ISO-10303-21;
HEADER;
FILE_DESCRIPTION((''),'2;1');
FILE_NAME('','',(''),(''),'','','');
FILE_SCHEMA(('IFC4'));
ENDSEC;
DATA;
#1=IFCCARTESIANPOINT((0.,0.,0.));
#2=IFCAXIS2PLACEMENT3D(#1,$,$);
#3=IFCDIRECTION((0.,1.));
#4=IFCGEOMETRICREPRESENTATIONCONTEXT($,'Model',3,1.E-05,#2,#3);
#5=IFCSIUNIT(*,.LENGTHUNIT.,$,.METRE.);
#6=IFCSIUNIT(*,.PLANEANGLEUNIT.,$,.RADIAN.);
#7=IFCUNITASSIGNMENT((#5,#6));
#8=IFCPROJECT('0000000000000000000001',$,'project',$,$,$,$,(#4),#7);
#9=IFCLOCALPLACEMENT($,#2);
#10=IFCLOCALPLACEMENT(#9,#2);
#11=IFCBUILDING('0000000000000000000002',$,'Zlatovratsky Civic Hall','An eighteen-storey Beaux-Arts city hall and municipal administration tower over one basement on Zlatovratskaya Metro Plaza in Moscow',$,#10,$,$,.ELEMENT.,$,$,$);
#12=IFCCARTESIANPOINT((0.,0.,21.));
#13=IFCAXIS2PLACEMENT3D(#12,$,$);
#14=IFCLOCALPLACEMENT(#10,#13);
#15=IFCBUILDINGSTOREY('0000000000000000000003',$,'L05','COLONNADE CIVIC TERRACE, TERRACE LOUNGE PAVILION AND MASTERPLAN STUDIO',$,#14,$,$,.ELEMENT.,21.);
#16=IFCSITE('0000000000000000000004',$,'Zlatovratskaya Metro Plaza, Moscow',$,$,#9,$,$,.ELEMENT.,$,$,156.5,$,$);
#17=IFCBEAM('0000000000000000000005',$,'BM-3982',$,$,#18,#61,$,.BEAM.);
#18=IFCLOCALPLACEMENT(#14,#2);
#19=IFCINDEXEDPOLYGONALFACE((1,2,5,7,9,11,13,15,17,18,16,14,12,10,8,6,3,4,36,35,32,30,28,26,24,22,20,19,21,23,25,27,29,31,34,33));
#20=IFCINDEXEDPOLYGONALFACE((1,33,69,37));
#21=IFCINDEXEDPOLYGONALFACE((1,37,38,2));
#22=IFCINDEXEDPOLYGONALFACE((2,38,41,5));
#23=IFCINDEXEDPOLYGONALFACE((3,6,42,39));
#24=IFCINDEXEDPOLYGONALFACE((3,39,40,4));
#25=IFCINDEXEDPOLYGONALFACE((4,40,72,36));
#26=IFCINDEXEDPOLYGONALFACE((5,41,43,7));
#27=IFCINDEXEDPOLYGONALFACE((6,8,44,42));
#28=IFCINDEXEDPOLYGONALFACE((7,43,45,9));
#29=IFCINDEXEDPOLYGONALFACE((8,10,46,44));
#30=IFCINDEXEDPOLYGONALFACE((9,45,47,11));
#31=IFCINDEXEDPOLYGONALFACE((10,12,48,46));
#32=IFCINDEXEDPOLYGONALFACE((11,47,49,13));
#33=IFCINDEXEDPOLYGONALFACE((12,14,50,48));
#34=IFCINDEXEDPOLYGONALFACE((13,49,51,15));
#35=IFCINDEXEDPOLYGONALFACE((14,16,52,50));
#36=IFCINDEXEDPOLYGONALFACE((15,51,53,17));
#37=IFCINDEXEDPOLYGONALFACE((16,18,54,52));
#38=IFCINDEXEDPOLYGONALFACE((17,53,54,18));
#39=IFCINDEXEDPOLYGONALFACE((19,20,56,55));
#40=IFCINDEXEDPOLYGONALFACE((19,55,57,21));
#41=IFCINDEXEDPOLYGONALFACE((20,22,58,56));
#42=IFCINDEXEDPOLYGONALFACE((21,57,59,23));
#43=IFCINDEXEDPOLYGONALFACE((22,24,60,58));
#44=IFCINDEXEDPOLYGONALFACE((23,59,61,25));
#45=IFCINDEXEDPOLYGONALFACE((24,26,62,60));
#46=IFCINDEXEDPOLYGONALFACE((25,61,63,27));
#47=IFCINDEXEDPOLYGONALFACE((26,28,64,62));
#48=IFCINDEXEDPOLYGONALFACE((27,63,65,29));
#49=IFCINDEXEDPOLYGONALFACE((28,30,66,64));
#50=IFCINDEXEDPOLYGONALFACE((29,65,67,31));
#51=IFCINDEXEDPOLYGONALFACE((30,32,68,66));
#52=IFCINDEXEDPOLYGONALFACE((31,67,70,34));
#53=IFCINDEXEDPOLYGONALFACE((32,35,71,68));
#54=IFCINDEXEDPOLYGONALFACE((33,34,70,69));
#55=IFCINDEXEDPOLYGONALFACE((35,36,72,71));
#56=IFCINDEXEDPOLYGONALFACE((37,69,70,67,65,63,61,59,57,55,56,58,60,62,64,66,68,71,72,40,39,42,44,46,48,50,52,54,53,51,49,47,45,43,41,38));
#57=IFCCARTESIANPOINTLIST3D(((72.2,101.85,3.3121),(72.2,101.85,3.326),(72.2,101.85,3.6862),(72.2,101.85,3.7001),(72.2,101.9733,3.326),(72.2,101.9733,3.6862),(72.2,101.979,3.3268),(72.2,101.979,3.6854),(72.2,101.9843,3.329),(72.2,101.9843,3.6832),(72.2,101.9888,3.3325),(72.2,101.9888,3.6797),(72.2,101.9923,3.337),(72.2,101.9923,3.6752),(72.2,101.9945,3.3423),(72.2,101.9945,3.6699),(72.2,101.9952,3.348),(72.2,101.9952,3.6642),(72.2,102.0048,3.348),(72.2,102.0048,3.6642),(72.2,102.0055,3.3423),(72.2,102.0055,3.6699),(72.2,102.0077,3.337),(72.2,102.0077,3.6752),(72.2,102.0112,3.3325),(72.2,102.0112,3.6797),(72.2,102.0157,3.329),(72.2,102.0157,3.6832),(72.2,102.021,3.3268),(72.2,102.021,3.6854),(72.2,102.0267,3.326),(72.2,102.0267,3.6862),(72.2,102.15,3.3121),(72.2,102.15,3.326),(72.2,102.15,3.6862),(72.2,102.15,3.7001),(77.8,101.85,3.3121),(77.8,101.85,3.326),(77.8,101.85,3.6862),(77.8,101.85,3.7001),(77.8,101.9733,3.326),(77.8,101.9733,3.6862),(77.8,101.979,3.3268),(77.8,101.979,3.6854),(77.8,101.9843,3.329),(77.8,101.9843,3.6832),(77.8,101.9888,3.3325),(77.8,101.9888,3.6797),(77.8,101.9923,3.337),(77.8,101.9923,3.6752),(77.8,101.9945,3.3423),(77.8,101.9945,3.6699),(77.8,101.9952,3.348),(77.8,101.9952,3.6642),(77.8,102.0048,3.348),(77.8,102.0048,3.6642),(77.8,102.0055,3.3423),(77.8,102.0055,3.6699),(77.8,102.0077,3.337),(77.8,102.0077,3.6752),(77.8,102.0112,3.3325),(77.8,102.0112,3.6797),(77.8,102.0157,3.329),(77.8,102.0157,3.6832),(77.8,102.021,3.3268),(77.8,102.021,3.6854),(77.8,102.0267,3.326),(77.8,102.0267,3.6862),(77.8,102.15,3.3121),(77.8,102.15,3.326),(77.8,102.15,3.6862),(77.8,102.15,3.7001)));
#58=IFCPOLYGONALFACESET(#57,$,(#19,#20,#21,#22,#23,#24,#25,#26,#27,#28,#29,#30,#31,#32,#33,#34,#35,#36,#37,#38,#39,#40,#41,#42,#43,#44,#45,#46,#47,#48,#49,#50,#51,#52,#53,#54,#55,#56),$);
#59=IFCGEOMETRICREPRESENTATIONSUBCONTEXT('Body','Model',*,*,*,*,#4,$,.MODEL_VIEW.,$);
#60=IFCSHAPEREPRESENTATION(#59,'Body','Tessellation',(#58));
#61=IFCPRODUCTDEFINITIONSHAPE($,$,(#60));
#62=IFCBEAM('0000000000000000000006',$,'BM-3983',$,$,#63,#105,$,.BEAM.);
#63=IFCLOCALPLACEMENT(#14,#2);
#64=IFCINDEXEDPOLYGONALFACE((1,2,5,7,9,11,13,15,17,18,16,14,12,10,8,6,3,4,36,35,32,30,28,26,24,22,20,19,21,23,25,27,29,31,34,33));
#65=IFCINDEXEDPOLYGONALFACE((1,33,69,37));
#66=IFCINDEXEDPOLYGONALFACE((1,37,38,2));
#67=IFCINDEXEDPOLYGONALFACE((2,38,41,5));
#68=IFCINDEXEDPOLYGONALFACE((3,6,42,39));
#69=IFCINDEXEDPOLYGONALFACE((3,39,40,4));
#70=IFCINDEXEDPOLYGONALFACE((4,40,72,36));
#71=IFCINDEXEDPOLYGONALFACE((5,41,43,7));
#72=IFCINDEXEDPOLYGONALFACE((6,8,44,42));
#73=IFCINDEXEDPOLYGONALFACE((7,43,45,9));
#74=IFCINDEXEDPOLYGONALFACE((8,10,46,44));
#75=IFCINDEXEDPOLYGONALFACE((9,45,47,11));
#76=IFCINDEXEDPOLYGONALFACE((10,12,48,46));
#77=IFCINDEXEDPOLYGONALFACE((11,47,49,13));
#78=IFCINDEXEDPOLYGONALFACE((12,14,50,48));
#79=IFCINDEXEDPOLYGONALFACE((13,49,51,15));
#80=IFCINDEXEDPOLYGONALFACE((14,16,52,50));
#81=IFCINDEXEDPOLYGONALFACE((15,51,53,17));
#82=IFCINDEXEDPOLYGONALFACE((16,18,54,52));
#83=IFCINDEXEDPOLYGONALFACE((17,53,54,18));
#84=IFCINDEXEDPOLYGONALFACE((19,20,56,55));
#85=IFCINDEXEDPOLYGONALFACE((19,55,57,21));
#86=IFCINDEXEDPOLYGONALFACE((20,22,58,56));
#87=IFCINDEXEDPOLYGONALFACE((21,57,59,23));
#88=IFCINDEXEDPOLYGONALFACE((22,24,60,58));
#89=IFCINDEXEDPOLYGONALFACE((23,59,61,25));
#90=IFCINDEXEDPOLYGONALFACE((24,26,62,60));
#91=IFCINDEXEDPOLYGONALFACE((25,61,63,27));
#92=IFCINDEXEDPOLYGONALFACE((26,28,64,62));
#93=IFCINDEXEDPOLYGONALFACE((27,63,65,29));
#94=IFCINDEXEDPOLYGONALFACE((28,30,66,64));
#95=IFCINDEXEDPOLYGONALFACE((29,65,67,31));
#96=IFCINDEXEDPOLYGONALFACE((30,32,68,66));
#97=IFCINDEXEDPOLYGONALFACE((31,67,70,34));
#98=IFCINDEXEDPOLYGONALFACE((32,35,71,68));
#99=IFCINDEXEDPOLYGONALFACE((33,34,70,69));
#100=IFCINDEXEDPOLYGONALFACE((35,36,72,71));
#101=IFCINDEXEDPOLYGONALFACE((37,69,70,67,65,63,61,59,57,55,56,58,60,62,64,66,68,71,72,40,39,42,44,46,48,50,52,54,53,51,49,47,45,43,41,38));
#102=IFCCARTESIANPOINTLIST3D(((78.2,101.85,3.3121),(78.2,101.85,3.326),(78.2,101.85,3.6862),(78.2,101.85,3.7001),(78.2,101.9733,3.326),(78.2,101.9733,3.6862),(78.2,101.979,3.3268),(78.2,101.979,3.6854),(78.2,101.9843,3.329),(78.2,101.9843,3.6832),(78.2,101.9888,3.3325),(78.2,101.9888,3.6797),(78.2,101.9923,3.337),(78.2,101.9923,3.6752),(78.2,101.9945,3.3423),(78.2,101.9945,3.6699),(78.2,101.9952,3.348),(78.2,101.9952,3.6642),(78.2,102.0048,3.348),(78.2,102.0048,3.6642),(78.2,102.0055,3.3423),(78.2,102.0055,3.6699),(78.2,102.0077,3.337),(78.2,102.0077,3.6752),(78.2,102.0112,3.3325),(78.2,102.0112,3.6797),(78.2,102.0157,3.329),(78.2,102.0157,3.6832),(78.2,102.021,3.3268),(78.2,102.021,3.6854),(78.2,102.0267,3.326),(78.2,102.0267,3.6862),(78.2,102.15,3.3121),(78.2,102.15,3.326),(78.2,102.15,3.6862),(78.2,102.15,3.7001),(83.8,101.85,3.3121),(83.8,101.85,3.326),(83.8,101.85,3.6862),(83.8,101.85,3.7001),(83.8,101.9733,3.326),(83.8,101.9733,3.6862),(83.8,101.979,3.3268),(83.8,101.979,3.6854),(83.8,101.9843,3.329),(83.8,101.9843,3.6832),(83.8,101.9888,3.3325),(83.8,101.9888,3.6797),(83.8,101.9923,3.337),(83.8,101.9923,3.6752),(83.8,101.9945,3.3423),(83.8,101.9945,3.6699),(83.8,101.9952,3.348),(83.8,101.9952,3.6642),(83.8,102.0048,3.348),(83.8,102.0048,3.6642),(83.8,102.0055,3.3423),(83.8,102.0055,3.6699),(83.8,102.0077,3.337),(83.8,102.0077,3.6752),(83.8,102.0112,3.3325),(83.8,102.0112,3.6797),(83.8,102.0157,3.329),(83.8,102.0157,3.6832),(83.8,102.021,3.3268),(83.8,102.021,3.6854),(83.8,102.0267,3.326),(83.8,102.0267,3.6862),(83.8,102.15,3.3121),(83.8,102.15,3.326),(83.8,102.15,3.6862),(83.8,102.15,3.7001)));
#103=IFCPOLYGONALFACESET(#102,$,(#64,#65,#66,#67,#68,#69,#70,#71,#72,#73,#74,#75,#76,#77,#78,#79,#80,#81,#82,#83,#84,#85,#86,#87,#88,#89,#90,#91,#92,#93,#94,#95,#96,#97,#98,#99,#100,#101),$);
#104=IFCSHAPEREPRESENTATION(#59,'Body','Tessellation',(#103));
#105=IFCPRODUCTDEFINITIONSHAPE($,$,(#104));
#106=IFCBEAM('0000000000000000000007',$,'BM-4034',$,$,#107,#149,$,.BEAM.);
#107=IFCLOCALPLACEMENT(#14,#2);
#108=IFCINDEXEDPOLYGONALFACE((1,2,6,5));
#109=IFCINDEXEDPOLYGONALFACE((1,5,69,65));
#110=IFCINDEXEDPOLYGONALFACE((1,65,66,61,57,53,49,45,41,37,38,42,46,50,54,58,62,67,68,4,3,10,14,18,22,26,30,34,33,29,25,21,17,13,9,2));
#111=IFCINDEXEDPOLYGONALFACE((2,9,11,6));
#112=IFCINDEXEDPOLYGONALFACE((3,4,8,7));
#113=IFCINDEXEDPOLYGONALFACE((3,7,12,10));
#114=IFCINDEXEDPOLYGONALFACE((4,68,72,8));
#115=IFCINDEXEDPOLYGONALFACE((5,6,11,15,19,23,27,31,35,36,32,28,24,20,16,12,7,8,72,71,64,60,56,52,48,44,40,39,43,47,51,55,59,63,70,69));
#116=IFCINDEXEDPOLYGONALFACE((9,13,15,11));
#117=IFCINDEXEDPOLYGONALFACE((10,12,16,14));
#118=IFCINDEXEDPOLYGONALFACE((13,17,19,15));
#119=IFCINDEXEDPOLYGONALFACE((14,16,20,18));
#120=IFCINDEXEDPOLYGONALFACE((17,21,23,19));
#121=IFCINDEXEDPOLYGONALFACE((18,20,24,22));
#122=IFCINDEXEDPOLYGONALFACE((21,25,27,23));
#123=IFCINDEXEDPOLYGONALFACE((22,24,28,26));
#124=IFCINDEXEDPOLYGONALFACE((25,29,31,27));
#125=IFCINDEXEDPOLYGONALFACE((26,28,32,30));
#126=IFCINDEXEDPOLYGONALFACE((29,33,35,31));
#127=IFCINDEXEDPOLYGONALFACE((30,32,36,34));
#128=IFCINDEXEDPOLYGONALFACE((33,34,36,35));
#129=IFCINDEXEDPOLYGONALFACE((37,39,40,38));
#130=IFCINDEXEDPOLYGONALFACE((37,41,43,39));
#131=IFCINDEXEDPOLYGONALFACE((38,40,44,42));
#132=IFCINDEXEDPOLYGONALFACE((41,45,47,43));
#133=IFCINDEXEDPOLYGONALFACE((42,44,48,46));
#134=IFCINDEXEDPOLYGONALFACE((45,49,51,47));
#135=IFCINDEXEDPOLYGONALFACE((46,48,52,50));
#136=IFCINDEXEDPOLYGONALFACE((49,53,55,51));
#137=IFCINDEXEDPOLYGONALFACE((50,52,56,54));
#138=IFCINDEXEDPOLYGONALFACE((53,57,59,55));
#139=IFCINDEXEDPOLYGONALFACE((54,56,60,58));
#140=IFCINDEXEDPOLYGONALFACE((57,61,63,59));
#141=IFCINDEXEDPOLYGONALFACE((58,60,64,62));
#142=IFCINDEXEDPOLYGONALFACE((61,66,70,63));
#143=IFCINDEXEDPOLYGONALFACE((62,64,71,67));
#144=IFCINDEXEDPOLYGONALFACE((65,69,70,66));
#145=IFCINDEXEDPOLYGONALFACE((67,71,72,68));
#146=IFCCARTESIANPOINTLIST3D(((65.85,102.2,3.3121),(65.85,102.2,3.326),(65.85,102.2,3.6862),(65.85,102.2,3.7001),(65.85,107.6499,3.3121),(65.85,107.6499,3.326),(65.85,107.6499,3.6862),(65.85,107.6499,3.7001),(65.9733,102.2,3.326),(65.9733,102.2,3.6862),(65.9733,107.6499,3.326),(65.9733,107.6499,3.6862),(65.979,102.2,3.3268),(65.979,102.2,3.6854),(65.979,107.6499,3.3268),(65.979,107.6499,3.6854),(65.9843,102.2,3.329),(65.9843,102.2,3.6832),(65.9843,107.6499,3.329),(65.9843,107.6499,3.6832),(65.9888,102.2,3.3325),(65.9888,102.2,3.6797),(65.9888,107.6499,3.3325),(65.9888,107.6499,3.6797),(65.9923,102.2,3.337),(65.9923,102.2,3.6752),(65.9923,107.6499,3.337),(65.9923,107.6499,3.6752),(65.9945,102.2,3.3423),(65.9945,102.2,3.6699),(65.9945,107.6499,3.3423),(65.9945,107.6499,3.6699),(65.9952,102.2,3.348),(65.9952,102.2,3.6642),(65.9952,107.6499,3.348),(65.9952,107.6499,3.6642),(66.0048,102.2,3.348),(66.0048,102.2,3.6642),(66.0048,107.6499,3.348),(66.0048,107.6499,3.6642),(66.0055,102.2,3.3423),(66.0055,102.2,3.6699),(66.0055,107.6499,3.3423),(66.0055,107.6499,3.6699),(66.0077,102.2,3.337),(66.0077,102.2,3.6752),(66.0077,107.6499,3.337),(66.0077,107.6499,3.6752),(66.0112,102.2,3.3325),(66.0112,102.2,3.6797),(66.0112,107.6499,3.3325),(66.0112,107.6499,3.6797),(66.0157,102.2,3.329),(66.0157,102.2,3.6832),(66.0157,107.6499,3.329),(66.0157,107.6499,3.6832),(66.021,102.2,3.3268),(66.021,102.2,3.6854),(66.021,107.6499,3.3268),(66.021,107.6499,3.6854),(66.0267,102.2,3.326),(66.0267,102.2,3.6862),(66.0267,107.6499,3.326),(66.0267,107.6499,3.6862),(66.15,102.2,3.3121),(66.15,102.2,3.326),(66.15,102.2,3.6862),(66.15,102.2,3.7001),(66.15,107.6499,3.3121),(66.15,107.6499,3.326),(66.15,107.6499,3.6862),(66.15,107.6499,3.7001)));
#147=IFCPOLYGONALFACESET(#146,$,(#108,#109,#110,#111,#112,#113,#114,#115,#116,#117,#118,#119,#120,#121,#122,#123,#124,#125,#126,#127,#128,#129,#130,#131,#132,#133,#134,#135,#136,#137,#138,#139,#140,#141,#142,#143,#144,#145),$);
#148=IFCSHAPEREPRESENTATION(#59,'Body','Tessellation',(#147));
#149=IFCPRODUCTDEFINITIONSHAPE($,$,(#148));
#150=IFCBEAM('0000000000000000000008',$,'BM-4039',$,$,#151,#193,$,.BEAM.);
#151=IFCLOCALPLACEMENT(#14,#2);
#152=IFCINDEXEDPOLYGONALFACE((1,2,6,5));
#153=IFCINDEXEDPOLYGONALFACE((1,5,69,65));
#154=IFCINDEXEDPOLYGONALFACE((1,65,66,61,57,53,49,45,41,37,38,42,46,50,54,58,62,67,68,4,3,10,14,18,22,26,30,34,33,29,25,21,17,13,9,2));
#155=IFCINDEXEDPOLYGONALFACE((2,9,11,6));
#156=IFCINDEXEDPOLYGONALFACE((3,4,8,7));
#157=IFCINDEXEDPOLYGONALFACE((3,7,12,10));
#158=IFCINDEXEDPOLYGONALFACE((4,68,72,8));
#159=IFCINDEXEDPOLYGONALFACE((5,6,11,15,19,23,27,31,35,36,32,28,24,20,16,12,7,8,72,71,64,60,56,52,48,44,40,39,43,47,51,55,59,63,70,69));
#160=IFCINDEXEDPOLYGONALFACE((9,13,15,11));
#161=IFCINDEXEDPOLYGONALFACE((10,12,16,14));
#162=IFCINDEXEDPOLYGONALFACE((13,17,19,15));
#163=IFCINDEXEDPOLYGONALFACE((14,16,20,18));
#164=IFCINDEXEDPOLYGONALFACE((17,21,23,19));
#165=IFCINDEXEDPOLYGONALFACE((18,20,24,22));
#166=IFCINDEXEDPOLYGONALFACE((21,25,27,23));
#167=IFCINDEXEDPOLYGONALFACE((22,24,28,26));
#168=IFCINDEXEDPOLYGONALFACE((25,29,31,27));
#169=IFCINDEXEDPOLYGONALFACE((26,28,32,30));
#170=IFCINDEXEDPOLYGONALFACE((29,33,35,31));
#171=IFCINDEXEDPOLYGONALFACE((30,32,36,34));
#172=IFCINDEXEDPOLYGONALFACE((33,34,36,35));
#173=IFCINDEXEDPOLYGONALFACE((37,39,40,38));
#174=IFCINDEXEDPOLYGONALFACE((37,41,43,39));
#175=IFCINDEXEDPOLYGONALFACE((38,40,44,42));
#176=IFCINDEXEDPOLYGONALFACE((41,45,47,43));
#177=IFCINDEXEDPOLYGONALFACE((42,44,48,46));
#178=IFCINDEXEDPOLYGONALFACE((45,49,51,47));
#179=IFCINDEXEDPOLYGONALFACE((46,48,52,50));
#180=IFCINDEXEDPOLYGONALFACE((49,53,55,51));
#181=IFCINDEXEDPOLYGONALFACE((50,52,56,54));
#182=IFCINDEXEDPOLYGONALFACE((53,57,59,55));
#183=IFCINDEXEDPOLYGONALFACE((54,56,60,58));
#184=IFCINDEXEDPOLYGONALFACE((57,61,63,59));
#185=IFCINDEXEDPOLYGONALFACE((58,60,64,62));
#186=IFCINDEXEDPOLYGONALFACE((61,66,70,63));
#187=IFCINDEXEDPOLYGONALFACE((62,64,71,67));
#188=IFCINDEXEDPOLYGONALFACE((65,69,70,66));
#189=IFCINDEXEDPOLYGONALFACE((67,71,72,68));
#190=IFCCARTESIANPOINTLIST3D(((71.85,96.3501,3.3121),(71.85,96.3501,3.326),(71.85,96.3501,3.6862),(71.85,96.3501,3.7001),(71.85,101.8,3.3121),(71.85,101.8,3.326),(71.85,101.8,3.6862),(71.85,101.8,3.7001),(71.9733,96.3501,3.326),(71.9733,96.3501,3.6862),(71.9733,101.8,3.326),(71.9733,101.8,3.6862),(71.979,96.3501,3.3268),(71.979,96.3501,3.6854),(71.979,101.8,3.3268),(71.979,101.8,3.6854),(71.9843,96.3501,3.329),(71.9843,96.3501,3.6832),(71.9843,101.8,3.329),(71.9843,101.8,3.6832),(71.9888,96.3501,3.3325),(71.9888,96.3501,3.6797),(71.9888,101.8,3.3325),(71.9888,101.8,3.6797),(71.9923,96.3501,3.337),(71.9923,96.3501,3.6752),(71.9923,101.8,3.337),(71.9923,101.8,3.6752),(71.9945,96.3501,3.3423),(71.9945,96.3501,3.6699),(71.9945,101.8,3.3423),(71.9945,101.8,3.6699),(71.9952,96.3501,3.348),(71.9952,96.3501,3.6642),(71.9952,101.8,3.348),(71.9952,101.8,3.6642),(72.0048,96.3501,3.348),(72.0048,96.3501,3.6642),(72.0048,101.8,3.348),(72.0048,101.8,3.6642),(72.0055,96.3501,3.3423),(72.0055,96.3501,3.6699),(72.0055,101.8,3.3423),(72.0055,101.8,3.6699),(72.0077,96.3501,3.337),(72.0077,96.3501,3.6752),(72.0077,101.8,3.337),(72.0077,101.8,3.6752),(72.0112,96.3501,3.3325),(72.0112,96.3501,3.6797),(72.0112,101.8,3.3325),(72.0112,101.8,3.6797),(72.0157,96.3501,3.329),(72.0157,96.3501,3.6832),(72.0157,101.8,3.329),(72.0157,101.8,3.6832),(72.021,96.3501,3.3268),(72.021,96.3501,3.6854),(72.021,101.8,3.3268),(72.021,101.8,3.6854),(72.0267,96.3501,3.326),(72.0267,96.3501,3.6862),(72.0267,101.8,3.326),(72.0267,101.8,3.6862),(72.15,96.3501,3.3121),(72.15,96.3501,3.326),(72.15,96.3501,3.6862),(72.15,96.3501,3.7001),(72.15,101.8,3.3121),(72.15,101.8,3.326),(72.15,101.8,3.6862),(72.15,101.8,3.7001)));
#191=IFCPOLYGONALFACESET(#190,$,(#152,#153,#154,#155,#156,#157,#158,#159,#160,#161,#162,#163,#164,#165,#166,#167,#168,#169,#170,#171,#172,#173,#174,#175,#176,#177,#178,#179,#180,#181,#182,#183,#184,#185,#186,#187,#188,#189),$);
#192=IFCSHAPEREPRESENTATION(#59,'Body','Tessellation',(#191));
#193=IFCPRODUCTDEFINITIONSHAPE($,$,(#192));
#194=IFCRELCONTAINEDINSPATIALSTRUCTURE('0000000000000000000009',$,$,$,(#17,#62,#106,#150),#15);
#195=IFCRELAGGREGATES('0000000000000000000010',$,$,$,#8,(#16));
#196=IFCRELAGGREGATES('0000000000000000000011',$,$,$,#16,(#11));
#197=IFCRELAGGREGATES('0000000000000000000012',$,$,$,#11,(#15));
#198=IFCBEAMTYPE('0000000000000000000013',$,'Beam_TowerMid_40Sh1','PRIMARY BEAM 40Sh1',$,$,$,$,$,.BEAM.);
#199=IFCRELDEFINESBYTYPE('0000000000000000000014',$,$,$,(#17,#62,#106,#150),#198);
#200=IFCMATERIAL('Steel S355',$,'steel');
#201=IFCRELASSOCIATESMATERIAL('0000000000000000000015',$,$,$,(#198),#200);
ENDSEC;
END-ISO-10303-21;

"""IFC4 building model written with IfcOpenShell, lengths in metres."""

from ifc_helpers import new_model, si_unit, direction, frame, origin, origin_2d, place, context, subcontext, project, spatial, i_section, extrude, material, material_profile, profile_set, type_object, element, save


model = new_model("IFC4")

# Units and contexts
model_context = context("Model", 3, precision=1e-05, world=origin(), true_north=direction((0.0, 1.0)))
body_context = subcontext(model_context, "Body", "Model", "MODEL_VIEW")
ifc_project = project(units=[si_unit("LENGTHUNIT", "METRE"), si_unit("PLANEANGLEUNIT", "RADIAN")], contexts=[model_context])

# Site, building, storey
site_placement = place(None, origin())
site = spatial("IfcSite", under=ifc_project, at=site_placement, Name="Zlatovratskaya Metro Plaza, Moscow", CompositionType="ELEMENT", RefElevation=156.5)
building_placement = place(site_placement, origin())
building = spatial("IfcBuilding", under=site, at=building_placement, Name="Zlatovratsky Civic Hall", Description="An eighteen-storey Beaux-Arts city hall and municipal administration tower over one basement on Zlatovratskaya Metro Plaza in Moscow", CompositionType="ELEMENT")
storey_placement = place(building_placement, frame((0.0, 0.0, 21.0)))
storey = spatial("IfcBuildingStorey", under=building, at=storey_placement, Name="L05", Description="COLONNADE CIVIC TERRACE, TERRACE LOUNGE PAVILION AND MASTERPLAN STUDIO", CompositionType="ELEMENT", Elevation=21.0)

# Shared definitions
ifc_material_1 = material(Name="Steel S355", Category="steel")

# Beams
ifc_material_profile_1 = material_profile(ifc_material_1, i_section(OverallWidth=0.3, OverallDepth=0.3879, WebThickness=0.0095, FlangeThickness=0.0139, FilletRadius=0.022, at=origin_2d()), Name="40Sh1")
ifc_profile_set_1 = profile_set([ifc_material_profile_1], Name="Steel S355")
beam_type_1 = type_object("IfcBeamType", Name="Beam_TowerMid_40Sh1", Description="PRIMARY BEAM 40Sh1", PredefinedType="BEAM", material=ifc_profile_set_1)
for number, where, z_axis, x_axis, name in (
    (1, (72.2, 102.0, 3.5061), (1.0, 0.0, 0.0), (0.0, 1.0, 0.0), "BM-3982"),
    (2, (78.2, 102.0, 3.5061), (1.0, 0.0, 0.0), (0.0, 1.0, 0.0), "BM-3983"),
):
    element("IfcBeam", number, at=place(storey_placement, frame(where, z_axis=z_axis, x_axis=x_axis)), inside=storey, type_object=beam_type_1, Name=name, PredefinedType="BEAM", context=body_context, shape_type="SweptSolid", body=[
        extrude(i_section(OverallWidth=0.3, OverallDepth=0.3879, WebThickness=0.0095, FlangeThickness=0.0139, FilletRadius=0.022, at=origin_2d()), origin(), (0.0, 0.0, 1.0), 5.6001),
    ])
for number, where, z_axis, x_axis, name in (
    (3, (66.0, 102.2, 3.5061), (0.0, 1.0, 0.0), (-1.0, 0.0, 0.0), "BM-4034"),
    (4, (72.0, 96.3501, 3.5061), (0.0, 1.0, 0.0), (-1.0, 0.0, 0.0), "BM-4039"),
):
    element("IfcBeam", number, at=place(storey_placement, frame(where, z_axis=z_axis, x_axis=x_axis)), inside=storey, type_object=beam_type_1, Name=name, PredefinedType="BEAM", context=body_context, shape_type="SweptSolid", body=[
        extrude(i_section(OverallWidth=0.3, OverallDepth=0.3879, WebThickness=0.0095, FlangeThickness=0.0139, FilletRadius=0.022, at=origin_2d()), origin(), (0.0, 0.0, 1.0), 5.45),
    ])

save(model, "model.ifc")
